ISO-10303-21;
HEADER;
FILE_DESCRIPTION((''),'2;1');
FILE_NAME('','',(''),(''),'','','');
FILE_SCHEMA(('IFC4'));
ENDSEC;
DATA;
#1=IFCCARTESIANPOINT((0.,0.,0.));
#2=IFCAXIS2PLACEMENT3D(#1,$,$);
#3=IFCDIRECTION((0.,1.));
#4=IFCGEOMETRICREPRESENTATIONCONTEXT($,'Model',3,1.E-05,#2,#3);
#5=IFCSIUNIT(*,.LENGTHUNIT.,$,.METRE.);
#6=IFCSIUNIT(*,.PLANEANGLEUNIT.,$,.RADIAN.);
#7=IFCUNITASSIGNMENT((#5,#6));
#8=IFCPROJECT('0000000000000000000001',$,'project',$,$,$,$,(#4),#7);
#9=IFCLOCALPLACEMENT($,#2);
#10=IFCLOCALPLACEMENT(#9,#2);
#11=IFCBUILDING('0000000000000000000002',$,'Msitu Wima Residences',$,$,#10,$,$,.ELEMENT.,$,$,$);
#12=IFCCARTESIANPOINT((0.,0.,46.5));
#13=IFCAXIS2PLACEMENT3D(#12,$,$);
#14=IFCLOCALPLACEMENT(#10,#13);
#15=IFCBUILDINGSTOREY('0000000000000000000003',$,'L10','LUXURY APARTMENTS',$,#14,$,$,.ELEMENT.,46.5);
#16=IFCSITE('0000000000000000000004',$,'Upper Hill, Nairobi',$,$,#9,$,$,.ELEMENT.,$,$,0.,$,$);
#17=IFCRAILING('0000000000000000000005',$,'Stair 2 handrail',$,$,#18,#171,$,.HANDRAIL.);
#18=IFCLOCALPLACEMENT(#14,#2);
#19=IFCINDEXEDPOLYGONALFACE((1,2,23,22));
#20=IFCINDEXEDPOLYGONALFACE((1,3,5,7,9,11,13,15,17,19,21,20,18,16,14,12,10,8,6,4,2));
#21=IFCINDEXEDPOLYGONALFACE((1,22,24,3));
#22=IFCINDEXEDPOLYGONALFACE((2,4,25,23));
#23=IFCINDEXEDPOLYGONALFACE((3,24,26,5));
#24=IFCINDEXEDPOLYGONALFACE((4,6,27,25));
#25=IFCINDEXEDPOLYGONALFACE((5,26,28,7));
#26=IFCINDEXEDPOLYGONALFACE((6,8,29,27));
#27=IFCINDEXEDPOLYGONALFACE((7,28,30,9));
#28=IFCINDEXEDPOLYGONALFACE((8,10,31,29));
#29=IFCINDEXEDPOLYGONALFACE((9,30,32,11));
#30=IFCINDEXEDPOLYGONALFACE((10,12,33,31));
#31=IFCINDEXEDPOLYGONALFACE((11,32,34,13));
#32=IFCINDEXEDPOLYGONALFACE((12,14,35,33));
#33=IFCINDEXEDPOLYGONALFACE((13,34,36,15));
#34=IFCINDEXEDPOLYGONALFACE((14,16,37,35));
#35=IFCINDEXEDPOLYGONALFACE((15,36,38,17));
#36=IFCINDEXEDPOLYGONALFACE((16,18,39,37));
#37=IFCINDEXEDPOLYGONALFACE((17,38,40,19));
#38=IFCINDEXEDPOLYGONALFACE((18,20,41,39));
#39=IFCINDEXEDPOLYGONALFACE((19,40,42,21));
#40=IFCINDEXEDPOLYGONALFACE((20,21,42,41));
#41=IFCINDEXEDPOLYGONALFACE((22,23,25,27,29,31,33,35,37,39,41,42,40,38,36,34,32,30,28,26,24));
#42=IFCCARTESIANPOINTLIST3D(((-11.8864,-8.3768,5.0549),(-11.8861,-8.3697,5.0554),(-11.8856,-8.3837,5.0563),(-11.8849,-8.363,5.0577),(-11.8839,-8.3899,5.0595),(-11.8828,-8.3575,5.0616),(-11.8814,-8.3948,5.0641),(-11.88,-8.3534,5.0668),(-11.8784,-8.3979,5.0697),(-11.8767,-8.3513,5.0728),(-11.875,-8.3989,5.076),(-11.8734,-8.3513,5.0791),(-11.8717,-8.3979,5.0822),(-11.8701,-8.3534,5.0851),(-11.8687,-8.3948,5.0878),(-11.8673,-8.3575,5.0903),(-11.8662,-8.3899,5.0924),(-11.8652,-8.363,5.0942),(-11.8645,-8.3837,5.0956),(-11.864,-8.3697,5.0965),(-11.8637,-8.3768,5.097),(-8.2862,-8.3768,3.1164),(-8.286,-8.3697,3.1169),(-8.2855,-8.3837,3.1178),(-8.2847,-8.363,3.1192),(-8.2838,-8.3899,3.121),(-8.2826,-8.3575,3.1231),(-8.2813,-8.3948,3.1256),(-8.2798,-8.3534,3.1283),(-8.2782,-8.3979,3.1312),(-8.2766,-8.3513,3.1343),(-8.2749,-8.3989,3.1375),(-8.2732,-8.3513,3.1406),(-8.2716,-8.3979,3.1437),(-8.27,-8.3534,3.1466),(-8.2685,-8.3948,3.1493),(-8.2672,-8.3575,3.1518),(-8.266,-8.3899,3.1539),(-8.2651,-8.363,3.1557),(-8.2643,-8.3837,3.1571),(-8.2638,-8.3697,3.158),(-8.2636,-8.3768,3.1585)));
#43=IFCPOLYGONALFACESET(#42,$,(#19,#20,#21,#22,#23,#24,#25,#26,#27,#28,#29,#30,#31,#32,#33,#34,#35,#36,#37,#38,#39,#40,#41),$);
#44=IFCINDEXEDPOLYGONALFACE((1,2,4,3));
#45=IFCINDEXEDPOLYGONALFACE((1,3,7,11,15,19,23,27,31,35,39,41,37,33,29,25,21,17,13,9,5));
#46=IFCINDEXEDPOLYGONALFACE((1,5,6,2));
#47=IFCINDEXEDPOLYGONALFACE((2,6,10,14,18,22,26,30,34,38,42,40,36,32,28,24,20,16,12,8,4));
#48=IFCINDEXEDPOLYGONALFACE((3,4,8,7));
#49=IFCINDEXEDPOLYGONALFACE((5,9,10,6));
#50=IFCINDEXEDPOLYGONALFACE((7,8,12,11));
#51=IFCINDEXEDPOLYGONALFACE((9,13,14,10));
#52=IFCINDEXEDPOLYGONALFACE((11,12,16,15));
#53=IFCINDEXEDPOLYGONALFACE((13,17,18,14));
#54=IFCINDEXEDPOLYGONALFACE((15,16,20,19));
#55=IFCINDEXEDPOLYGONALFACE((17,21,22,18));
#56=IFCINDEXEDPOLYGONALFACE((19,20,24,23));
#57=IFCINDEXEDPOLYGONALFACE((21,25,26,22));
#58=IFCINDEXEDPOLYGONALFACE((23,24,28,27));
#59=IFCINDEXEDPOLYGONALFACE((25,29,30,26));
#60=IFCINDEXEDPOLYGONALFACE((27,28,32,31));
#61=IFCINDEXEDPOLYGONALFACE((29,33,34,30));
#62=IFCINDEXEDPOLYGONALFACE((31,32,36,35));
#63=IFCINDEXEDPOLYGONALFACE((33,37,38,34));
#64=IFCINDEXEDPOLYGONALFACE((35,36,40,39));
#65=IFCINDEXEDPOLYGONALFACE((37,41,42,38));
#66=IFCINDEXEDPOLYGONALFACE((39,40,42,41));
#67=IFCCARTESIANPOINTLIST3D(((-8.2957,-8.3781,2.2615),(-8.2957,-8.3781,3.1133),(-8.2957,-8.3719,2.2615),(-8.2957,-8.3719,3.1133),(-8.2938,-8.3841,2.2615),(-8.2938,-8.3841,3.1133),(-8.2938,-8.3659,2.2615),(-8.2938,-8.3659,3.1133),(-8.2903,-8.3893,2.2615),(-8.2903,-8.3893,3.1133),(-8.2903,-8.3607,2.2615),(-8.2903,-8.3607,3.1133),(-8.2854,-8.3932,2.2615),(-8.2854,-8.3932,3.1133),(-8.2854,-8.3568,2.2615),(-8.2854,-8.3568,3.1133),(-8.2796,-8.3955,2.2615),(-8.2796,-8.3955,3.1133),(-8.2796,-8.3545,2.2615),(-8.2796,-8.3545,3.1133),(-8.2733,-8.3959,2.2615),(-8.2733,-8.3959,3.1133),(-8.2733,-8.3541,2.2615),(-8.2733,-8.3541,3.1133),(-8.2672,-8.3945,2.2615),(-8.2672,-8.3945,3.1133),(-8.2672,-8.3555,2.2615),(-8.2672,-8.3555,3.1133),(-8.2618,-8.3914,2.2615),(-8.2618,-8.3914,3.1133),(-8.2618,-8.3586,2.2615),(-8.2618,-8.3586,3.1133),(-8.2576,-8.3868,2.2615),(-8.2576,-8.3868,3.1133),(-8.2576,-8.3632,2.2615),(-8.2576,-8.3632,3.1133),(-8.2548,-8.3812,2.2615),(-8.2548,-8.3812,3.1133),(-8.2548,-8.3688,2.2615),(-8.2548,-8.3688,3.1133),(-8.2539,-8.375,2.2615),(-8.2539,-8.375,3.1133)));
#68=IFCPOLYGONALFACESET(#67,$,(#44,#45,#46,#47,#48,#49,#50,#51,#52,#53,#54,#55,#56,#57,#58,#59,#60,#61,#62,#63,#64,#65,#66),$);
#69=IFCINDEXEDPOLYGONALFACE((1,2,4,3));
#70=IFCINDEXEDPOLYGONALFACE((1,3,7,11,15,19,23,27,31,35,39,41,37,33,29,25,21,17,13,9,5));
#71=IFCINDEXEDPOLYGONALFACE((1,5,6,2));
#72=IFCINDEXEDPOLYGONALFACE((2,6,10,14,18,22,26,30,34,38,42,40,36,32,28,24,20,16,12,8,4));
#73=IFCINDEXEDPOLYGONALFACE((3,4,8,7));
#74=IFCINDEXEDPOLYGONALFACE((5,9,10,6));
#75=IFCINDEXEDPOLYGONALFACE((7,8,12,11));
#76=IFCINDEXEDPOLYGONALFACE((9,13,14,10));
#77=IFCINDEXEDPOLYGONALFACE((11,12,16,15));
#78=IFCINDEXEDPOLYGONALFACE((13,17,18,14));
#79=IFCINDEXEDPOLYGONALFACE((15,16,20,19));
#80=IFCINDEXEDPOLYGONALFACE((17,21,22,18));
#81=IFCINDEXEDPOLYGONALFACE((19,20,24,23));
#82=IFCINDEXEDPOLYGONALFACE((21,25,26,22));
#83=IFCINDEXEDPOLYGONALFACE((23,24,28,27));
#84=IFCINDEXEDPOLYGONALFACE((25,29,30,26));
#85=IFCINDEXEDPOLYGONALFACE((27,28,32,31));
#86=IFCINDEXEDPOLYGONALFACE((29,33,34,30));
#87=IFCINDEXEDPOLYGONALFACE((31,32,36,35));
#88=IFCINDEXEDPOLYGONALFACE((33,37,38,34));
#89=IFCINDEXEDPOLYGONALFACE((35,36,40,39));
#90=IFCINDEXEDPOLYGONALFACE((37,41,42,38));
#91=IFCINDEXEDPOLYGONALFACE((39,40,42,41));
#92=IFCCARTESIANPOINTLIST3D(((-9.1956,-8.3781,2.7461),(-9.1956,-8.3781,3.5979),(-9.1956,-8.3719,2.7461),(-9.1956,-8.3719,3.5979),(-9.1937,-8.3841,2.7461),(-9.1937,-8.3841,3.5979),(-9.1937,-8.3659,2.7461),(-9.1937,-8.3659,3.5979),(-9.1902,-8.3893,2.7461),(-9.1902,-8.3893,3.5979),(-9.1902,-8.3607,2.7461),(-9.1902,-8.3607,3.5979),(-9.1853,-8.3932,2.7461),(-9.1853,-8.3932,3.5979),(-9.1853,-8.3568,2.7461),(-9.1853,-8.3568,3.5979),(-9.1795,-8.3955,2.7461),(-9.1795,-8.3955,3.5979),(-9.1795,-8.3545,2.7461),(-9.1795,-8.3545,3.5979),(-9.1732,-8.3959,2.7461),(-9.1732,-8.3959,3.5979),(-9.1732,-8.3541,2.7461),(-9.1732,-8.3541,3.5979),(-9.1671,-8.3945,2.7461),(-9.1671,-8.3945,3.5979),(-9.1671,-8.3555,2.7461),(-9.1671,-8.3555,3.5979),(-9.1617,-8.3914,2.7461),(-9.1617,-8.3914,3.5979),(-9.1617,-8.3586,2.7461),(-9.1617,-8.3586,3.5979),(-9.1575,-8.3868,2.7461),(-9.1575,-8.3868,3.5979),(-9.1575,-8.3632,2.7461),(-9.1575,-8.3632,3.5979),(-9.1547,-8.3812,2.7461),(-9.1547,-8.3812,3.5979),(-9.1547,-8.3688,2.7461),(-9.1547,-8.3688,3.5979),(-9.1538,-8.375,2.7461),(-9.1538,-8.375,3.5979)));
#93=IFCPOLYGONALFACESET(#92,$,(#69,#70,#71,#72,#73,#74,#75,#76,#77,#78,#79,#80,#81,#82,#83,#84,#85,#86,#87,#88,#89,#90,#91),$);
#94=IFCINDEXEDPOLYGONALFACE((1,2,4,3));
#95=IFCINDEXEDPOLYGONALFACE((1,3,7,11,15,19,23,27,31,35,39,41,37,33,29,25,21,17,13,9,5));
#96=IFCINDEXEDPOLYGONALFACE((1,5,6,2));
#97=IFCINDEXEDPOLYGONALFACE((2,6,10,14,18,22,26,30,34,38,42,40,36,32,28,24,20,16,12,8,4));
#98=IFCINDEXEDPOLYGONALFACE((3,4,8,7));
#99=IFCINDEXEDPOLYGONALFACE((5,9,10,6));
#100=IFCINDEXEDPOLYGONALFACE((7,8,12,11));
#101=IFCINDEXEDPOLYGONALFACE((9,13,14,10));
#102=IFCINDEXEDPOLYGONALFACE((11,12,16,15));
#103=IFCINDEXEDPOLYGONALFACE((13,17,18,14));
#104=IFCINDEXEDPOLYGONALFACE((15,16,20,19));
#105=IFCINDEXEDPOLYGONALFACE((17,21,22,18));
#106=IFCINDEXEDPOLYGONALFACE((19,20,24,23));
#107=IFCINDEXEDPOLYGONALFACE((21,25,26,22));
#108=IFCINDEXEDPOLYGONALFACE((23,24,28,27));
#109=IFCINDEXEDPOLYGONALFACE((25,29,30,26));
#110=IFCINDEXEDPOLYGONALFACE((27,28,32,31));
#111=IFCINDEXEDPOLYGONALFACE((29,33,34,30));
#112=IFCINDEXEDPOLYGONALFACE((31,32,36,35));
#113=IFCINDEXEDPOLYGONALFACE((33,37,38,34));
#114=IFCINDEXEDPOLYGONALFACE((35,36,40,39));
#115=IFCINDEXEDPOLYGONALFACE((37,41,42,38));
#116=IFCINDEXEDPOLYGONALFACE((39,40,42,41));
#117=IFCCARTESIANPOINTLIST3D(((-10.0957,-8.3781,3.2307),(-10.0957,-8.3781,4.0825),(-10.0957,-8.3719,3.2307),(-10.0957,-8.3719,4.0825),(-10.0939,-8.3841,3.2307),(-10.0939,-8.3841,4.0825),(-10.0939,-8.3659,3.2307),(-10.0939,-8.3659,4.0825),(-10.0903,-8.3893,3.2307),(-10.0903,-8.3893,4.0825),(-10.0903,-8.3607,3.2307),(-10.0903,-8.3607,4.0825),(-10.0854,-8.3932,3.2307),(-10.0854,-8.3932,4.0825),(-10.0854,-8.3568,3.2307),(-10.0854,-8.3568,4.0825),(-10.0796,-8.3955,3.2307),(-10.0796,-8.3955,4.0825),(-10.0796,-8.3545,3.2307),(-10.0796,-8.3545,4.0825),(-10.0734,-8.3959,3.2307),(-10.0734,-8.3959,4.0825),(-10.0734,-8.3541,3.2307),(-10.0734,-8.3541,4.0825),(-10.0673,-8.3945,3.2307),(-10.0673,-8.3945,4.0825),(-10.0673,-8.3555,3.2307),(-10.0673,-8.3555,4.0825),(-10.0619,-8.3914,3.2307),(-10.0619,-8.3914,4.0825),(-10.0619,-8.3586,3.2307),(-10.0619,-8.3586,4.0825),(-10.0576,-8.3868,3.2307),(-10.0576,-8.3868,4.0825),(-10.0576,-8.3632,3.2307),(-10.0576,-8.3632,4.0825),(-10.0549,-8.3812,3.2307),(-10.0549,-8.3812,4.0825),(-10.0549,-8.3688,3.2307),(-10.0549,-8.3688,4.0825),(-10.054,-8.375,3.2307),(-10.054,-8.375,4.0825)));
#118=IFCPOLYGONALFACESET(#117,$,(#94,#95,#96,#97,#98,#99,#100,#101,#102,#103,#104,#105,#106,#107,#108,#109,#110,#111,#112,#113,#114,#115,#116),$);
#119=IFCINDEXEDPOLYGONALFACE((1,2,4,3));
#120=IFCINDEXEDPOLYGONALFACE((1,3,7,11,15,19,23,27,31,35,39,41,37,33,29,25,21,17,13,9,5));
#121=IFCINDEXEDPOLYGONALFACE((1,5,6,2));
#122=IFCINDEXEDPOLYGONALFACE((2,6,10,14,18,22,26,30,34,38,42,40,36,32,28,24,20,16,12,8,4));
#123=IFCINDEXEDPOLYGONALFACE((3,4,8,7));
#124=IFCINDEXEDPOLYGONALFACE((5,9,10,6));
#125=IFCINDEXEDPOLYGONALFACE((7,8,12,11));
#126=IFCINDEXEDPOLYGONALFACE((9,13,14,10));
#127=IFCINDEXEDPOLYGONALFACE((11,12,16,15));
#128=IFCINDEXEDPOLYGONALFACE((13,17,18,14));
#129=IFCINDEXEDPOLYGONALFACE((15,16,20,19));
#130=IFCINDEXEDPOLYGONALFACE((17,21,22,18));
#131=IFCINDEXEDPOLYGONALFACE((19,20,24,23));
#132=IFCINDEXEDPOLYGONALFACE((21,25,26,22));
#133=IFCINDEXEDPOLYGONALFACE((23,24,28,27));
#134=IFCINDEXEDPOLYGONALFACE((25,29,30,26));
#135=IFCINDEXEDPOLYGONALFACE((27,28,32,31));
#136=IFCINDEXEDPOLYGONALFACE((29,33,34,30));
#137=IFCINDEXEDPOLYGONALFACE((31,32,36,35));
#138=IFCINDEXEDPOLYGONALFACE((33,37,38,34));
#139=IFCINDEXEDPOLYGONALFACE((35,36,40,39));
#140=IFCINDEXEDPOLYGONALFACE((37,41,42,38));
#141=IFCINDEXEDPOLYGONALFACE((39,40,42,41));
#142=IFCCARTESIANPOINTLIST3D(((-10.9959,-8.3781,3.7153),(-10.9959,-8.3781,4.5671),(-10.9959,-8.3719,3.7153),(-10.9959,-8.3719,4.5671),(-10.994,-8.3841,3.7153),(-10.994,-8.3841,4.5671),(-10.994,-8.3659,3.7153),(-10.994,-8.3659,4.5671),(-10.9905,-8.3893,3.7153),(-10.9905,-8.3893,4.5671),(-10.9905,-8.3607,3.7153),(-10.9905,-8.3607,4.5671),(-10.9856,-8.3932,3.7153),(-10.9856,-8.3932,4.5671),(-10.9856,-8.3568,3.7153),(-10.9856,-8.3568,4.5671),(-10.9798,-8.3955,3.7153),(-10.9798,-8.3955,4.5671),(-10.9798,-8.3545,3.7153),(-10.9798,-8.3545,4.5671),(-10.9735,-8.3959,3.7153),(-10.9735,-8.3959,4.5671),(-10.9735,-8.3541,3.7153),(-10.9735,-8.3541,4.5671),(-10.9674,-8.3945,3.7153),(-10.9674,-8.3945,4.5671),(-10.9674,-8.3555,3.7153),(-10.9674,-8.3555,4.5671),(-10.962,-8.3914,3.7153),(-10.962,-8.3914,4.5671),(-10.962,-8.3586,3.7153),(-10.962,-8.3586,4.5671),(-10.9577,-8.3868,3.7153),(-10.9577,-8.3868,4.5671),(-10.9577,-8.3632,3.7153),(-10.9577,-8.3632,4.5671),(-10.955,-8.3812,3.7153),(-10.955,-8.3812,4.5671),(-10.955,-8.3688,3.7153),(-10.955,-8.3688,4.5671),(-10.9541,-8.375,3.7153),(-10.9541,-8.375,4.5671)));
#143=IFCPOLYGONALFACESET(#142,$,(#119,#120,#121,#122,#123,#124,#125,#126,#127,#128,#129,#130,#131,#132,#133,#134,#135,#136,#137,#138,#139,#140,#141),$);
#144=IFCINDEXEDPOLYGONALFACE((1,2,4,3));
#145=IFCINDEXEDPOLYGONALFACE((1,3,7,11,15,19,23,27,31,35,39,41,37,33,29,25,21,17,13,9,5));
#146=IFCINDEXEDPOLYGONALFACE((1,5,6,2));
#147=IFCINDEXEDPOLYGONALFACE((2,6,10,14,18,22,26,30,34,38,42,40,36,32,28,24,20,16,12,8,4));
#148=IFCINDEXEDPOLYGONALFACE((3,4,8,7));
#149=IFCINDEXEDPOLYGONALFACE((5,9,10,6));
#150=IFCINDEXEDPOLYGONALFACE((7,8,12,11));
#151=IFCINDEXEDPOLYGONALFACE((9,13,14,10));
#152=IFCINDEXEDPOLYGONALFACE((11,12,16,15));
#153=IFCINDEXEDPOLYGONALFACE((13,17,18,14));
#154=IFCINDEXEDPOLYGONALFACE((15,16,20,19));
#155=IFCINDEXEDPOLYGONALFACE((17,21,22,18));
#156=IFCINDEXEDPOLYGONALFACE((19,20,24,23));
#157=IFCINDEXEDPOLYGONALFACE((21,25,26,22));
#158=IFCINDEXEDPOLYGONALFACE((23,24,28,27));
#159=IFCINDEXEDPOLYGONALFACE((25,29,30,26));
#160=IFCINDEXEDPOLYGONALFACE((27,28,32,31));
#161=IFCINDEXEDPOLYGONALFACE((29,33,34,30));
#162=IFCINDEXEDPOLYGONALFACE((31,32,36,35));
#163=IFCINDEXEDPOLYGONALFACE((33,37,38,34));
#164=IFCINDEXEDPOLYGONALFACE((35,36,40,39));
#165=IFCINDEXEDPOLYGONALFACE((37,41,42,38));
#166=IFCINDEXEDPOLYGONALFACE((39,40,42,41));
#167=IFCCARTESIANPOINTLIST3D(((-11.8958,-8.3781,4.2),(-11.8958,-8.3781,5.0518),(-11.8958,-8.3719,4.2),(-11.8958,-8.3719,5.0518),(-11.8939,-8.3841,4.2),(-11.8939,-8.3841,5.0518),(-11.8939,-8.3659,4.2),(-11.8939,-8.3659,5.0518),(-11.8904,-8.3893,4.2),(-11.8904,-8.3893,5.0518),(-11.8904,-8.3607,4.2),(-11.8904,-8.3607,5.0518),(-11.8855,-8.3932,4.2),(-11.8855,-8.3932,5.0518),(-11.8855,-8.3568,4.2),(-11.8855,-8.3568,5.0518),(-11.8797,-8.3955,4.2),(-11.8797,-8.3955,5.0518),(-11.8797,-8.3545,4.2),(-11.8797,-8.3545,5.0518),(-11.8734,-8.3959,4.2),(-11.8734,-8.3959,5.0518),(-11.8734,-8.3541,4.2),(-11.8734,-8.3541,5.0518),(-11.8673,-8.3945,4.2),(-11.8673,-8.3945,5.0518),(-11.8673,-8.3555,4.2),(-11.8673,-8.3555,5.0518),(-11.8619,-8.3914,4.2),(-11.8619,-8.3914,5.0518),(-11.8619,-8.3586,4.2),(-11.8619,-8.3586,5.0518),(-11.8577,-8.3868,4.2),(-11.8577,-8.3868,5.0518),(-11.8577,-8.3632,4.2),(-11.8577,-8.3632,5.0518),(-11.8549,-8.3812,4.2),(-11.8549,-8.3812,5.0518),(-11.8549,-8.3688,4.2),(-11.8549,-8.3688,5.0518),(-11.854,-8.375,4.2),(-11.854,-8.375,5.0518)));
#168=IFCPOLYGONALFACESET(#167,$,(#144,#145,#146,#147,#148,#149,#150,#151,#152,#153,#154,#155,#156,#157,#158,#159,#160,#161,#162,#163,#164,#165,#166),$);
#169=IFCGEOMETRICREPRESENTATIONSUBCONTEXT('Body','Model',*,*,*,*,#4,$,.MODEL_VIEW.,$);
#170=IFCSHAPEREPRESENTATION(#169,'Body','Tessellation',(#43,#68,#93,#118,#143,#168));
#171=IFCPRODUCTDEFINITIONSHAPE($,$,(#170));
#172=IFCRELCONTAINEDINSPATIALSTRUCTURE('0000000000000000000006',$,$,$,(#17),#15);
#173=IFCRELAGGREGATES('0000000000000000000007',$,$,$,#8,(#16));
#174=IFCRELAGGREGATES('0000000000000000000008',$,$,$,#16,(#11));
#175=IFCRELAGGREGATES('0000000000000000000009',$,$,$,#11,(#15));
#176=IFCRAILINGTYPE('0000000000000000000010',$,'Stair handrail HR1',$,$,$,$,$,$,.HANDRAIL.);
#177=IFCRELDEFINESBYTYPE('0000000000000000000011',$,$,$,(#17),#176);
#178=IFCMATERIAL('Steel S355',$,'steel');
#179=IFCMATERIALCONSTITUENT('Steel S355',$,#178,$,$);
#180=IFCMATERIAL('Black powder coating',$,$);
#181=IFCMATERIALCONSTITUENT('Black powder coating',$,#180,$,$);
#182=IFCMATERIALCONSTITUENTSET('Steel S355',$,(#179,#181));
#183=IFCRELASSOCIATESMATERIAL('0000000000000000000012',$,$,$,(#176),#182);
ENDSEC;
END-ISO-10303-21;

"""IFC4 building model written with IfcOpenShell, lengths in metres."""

from ifc_helpers import new_model, si_unit, direction, frame, origin, origin_2d, place, context, subcontext, project, spatial, circle, extrude, material, constituent, constituent_set, type_object, element, save


model = new_model("IFC4")

# Units and contexts
model_context = context("Model", 3, precision=1e-05, world=origin(), true_north=direction((0.0, 1.0)))
body_context = subcontext(model_context, "Body", "Model", "MODEL_VIEW")
ifc_project = project(units=[si_unit("LENGTHUNIT", "METRE"), si_unit("PLANEANGLEUNIT", "RADIAN")], contexts=[model_context])

# Site, building, storey
site_placement = place(None, origin())
site = spatial("IfcSite", under=ifc_project, at=site_placement, Name="Upper Hill, Nairobi", CompositionType="ELEMENT", RefElevation=0.0)
building_placement = place(site_placement, origin())
building = spatial("IfcBuilding", under=site, at=building_placement, Name="Msitu Wima Residences", CompositionType="ELEMENT")
storey_placement = place(building_placement, frame((0.0, 0.0, 46.5)))
storey = spatial("IfcBuildingStorey", under=building, at=storey_placement, Name="L10", Description="LUXURY APARTMENTS", CompositionType="ELEMENT", Elevation=46.5)

# Railing
ifc_material_1 = material(Name="Steel S355", Category="steel")
ifc_constituent_1 = constituent(ifc_material_1, Name="Steel S355")
ifc_material_2 = material(Name="Black powder coating")
ifc_constituent_2 = constituent(ifc_material_2, Name="Black powder coating")
ifc_constituent_set = constituent_set(constituents=[ifc_constituent_1, ifc_constituent_2], Name="Steel S355")
railing_type = type_object("IfcRailingType", Name="Stair handrail HR1", PredefinedType="HANDRAIL", material=ifc_constituent_set)
for number, where, name in (
    (1, (-8.2749, -8.375, 2.2615), "Stair 2 handrail"),
):
    element("IfcRailing", number, at=place(storey_placement, frame(where)), inside=storey, type_object=railing_type, Name=name, PredefinedType="HANDRAIL", context=body_context, shape_type="SweptSolid", body=[
        extrude(circle(Radius=0.0239, at=origin_2d()), frame((0.0, 0.0, 0.876), z_axis=(-0.880475, 0.0, 0.474093), x_axis=(0.0, -1.0, 0.0)), (0.0, 0.0, 1.0), 4.0889),
        extrude(circle(Radius=0.021, at=origin_2d()), origin(), (0.0, 0.0, 1.0), 0.8518),
        extrude(circle(Radius=0.021, at=origin_2d()), frame((-0.8999, 0.0, 0.4846)), (0.0, 0.0, 1.0), 0.8518),
        extrude(circle(Radius=0.021, at=origin_2d()), frame((-1.8, 0.0, 0.9692)), (0.0, 0.0, 1.0), 0.8518),
        extrude(circle(Radius=0.021, at=origin_2d()), frame((-2.7002, 0.0, 1.4539)), (0.0, 0.0, 1.0), 0.8518),
        extrude(circle(Radius=0.021, at=origin_2d()), frame((-3.6001, 0.0, 1.9385)), (0.0, 0.0, 1.0), 0.8518),
    ])

save(model, "model.ifc")
